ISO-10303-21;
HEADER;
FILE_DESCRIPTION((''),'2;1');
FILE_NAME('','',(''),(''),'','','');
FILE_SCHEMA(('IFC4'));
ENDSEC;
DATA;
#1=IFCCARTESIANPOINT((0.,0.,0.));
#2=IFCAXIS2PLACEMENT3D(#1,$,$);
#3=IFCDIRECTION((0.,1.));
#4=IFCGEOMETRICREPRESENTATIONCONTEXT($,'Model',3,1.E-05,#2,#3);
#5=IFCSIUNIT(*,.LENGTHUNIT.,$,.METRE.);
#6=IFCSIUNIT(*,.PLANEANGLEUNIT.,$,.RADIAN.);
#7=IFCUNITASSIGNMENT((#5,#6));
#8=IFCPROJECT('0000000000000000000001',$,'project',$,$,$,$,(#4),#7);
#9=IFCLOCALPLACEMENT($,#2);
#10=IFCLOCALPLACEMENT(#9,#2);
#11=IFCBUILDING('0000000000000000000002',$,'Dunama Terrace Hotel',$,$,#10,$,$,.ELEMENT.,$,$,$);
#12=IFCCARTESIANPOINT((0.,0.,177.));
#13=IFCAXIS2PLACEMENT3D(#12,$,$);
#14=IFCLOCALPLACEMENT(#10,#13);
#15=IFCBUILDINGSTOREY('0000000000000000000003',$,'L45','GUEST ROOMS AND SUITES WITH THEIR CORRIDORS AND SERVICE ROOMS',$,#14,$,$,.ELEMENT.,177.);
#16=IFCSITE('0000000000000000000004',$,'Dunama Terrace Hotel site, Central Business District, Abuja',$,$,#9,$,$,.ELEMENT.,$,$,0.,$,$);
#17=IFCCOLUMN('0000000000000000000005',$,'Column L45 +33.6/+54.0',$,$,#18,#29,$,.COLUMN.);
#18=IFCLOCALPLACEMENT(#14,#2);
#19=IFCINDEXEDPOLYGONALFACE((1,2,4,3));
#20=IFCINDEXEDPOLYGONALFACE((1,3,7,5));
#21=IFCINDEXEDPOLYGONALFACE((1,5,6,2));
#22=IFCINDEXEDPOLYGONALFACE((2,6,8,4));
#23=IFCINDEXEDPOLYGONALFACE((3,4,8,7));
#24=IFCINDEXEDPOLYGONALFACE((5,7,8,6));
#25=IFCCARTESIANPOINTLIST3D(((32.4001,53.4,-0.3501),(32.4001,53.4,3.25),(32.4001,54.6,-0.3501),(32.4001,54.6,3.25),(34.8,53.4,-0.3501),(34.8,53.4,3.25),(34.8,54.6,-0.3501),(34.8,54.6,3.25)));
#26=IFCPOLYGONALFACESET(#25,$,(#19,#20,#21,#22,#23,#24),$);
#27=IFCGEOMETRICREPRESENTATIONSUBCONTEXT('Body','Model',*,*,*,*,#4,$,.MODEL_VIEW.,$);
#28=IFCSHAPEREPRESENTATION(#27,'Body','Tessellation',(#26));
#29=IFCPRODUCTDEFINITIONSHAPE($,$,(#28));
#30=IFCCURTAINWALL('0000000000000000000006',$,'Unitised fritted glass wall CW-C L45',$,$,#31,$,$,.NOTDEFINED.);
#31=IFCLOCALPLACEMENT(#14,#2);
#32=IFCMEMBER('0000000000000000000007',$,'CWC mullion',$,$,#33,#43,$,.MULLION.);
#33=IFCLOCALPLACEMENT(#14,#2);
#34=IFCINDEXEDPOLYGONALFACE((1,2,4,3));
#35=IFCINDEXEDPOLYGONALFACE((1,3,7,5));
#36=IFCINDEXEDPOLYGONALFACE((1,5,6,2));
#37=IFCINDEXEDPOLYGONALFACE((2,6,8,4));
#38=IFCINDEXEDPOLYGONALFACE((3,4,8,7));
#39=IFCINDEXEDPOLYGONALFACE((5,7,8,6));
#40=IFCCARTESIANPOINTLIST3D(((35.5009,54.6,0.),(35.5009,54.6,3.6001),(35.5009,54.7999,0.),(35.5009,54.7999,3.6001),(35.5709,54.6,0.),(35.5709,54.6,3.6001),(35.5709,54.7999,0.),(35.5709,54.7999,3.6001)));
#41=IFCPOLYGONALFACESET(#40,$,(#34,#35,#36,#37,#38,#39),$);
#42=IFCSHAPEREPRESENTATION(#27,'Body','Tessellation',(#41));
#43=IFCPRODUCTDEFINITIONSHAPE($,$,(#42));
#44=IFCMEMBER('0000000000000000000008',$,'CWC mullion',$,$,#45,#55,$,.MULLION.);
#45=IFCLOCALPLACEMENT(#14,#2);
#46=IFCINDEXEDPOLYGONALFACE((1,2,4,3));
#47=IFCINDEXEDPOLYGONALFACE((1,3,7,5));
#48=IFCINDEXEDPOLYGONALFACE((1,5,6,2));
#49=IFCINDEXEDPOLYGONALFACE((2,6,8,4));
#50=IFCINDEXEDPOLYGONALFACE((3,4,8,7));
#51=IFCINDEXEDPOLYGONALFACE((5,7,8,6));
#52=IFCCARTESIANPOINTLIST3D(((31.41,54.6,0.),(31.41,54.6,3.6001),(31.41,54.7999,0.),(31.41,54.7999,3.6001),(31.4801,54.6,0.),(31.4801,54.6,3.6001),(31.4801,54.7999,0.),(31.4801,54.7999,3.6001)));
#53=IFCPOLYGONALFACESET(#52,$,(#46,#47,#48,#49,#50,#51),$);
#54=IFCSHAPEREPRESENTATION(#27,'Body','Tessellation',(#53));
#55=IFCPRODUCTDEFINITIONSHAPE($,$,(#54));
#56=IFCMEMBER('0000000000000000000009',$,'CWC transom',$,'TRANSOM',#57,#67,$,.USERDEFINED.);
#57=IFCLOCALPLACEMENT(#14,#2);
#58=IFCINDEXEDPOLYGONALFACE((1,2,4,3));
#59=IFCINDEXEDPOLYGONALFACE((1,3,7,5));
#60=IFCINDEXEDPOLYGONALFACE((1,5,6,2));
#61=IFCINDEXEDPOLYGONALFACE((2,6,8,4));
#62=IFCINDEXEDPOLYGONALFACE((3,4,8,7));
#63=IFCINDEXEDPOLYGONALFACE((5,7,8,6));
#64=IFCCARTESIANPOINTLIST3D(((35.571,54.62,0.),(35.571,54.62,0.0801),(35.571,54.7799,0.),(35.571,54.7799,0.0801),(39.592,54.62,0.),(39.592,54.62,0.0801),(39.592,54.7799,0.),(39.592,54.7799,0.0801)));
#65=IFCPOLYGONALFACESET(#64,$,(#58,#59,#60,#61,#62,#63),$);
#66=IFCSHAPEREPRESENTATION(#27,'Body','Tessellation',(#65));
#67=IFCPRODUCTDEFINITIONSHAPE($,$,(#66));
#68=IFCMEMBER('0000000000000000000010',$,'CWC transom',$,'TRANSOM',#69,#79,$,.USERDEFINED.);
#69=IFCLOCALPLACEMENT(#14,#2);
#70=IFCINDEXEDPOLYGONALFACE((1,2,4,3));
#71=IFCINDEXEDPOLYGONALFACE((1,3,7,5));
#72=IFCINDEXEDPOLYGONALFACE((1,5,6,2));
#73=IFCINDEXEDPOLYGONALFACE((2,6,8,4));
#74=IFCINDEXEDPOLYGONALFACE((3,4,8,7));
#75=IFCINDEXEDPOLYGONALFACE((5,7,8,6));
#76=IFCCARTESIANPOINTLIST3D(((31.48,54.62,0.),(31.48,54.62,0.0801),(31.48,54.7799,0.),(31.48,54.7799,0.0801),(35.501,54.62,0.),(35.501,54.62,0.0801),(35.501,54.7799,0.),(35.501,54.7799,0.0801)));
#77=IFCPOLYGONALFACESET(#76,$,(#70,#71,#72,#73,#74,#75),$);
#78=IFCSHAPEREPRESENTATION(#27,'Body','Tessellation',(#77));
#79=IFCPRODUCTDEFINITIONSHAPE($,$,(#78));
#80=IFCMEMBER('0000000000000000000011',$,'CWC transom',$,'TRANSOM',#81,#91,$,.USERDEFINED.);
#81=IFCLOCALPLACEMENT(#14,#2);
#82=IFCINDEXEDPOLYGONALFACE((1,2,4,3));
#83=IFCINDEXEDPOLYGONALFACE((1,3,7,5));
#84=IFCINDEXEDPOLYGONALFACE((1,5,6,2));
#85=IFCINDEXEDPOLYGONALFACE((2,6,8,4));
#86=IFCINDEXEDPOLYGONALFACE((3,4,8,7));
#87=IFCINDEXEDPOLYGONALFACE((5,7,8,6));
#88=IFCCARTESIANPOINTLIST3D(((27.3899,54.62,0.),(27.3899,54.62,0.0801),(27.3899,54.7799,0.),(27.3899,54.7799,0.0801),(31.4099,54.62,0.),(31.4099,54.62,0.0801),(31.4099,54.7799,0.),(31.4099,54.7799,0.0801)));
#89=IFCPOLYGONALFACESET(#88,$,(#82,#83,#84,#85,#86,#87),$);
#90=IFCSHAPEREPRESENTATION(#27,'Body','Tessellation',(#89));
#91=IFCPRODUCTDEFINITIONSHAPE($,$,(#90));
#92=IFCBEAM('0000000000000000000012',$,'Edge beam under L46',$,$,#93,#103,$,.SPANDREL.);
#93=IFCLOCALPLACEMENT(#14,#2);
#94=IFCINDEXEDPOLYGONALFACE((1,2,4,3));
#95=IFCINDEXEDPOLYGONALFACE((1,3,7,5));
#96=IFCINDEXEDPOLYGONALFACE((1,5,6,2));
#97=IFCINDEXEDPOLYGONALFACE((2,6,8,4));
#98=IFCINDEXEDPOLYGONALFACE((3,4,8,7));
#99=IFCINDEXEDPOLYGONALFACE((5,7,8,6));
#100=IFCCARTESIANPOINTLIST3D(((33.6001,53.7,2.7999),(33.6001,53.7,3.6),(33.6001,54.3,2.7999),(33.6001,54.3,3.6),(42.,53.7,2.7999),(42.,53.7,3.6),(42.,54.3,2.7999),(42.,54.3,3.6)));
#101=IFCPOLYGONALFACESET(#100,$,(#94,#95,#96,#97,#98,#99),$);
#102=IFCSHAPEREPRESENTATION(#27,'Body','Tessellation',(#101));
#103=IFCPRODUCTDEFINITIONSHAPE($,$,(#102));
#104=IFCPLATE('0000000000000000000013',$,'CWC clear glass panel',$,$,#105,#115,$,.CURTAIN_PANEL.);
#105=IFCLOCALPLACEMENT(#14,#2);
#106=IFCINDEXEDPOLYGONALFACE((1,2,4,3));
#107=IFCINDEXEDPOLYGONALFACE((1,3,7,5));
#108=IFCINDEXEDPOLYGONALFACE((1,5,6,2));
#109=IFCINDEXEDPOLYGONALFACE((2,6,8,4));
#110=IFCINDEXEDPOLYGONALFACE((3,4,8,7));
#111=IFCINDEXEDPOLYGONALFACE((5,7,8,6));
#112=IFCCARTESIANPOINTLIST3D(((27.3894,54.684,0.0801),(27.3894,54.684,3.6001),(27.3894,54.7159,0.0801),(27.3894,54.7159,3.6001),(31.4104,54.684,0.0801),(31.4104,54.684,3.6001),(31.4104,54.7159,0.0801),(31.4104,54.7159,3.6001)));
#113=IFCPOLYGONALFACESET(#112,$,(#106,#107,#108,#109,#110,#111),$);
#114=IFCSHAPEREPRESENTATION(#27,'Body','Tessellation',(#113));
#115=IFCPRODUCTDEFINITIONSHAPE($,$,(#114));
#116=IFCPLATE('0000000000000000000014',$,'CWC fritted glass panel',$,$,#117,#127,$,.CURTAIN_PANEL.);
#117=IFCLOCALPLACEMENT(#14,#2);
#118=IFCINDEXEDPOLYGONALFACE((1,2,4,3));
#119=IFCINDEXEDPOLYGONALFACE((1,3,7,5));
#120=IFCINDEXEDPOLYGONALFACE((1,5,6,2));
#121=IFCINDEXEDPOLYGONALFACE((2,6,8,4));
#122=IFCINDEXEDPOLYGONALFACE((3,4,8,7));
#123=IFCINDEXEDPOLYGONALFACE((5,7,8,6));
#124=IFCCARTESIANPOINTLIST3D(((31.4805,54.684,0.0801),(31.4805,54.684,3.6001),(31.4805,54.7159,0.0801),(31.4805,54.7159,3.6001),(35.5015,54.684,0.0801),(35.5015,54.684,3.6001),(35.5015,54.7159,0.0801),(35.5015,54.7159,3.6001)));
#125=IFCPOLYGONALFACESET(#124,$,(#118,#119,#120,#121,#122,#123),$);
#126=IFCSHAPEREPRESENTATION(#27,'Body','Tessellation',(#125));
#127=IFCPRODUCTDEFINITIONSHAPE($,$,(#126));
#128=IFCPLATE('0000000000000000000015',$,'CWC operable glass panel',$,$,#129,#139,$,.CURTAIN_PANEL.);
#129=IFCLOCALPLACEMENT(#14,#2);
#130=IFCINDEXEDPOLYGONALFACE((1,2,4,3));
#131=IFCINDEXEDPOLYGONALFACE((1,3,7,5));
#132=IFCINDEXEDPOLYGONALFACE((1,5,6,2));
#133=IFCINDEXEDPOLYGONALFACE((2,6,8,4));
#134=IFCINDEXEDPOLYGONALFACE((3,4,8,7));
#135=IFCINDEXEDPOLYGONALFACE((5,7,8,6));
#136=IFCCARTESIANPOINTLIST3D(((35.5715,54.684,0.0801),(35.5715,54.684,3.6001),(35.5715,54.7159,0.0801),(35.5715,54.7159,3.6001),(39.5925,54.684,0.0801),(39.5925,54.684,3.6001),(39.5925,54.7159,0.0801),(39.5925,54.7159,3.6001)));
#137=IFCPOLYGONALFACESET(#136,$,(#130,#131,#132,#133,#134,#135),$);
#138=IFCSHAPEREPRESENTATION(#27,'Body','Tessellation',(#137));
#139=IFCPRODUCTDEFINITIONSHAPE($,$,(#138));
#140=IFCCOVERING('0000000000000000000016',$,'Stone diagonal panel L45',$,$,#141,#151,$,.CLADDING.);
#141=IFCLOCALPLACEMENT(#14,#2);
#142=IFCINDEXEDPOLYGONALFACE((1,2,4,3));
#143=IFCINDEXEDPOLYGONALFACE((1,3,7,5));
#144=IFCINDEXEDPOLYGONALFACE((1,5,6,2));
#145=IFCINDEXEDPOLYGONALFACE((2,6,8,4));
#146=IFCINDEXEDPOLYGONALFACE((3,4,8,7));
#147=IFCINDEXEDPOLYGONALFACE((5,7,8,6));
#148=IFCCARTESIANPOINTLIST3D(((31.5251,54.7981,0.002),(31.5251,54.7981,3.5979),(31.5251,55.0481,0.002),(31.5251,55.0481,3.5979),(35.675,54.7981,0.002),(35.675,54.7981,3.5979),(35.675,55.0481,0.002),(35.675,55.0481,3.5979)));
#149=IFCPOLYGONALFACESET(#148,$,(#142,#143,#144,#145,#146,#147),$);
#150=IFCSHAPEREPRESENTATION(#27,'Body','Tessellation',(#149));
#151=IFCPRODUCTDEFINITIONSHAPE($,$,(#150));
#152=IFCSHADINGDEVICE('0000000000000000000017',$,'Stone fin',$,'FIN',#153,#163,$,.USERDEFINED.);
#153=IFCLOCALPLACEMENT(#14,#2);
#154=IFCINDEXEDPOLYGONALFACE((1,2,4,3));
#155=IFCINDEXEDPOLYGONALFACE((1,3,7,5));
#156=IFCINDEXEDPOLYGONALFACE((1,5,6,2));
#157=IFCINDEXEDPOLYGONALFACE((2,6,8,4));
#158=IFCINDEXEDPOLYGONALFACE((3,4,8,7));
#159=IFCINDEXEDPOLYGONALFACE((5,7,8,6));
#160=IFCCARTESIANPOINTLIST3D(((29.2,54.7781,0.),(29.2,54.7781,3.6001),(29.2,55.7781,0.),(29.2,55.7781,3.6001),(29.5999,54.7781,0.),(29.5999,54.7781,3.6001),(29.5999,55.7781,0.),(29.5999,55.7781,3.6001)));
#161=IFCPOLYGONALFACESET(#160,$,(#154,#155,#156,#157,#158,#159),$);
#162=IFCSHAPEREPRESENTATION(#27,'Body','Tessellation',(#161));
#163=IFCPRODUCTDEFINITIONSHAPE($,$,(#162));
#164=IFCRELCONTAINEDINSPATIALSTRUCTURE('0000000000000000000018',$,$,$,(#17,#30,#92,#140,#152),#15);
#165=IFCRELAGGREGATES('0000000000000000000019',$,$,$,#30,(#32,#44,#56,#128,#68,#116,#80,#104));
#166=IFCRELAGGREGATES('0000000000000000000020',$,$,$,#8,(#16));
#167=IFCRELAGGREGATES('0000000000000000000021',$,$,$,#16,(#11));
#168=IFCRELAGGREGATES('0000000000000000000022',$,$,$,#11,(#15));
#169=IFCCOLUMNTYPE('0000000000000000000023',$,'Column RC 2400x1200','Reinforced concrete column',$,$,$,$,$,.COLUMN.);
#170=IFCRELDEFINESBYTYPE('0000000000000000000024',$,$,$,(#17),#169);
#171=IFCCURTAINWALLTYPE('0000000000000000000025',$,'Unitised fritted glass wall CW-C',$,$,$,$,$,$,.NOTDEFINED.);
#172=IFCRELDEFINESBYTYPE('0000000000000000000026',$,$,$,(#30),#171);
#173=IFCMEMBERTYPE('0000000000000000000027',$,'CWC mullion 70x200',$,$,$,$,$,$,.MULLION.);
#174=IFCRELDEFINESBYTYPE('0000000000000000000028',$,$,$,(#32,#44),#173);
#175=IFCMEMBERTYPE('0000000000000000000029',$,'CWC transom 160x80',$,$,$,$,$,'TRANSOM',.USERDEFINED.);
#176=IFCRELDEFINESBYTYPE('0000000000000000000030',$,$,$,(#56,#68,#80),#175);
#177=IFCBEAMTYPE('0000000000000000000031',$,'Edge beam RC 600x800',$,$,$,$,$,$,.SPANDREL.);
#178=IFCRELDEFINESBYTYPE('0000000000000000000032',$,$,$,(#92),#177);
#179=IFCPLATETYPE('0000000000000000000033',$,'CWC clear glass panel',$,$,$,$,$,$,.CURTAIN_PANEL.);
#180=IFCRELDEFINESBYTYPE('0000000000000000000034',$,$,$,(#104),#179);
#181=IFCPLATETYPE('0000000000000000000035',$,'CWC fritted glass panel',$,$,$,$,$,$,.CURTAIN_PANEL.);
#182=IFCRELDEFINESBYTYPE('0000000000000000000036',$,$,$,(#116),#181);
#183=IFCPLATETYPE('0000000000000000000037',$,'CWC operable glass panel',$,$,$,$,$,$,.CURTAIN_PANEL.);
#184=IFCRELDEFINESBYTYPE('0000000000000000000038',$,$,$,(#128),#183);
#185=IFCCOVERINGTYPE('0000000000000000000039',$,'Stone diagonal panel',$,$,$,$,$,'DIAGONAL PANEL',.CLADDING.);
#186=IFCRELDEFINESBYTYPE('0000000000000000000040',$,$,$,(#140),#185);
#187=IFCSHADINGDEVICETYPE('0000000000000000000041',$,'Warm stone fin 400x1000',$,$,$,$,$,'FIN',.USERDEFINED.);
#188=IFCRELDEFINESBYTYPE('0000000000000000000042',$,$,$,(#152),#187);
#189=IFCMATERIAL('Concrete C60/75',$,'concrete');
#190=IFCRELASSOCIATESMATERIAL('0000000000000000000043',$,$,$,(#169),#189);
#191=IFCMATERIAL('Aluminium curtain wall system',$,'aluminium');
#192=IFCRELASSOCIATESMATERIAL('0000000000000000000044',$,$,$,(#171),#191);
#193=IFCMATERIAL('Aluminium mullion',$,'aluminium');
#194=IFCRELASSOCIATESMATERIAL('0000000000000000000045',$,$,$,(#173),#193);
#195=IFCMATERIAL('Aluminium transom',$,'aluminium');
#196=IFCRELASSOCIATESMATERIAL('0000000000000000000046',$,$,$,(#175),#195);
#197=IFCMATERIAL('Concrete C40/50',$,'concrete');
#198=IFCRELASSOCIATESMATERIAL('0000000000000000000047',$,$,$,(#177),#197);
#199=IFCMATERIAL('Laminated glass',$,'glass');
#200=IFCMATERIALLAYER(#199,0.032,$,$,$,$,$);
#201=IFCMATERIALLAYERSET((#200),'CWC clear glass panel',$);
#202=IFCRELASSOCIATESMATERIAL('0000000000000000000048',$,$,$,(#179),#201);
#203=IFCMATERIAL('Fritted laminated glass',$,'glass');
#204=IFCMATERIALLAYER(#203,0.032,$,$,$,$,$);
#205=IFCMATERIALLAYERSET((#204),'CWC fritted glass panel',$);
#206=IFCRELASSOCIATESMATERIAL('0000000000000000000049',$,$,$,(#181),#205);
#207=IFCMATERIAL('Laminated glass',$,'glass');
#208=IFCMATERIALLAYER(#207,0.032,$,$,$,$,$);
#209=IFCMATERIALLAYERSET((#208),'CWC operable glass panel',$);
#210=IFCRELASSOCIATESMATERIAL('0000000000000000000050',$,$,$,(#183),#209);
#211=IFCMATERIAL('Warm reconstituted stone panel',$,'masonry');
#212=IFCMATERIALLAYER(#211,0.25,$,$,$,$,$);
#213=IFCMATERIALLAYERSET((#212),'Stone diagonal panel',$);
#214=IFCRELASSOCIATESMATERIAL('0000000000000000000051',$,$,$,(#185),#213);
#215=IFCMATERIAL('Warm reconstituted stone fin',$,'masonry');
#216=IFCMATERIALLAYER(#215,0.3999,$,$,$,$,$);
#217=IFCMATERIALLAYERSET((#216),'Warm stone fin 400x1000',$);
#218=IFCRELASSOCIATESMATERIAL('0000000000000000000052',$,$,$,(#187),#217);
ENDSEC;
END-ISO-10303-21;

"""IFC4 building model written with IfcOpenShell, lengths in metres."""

from ifc_helpers import new_model, si_unit, direction, frame, origin, origin_2d, place, context, subcontext, project, spatial, rectangle, extrude, material, layer, layer_set, material_profile, profile_set, type_object, element, aggregate, save


model = new_model("IFC4")

# Units and contexts
model_context = context("Model", 3, precision=1e-05, world=origin(), true_north=direction((0.0, 1.0)))
body_context = subcontext(model_context, "Body", "Model", "MODEL_VIEW")
ifc_project = project(units=[si_unit("LENGTHUNIT", "METRE"), si_unit("PLANEANGLEUNIT", "RADIAN")], contexts=[model_context])

# Site, building, storey
site_placement = place(None, origin())
site = spatial("IfcSite", under=ifc_project, at=site_placement, Name="Dunama Terrace Hotel site, Central Business District, Abuja", CompositionType="ELEMENT", RefElevation=0.0)
building_placement = place(site_placement, origin())
building = spatial("IfcBuilding", under=site, at=building_placement, Name="Dunama Terrace Hotel", CompositionType="ELEMENT")
storey_placement = place(building_placement, frame((0.0, 0.0, 177.0)))
storey = spatial("IfcBuildingStorey", under=building, at=storey_placement, Name="L45", Description="GUEST ROOMS AND SUITES WITH THEIR CORRIDORS AND SERVICE ROOMS", CompositionType="ELEMENT", Elevation=177.0)

# Column
ifc_material_1 = material(Name="Concrete C60/75", Category="concrete")
ifc_material_profile_1 = material_profile(ifc_material_1, rectangle(XDim=2.3999, YDim=1.2, at=origin_2d()), Name="RC 2400x1200")
ifc_profile_set_1 = profile_set([ifc_material_profile_1], Name="Concrete C60/75")
column_type = type_object("IfcColumnType", Name="Column RC 2400x1200", Description="Reinforced concrete column", PredefinedType="COLUMN", material=ifc_profile_set_1)
column_placement = place(storey_placement, frame((33.6001, 54.0, -0.3501), z_axis=(0.0, 0.0, 1.0), x_axis=(1.0, 0.0, 0.0)))
element("IfcColumn", 1, at=column_placement, inside=storey, type_object=column_type, Name="Column L45 +33.6/+54.0", PredefinedType="COLUMN", context=body_context, shape_type="SweptSolid", body=[
    extrude(rectangle(XDim=2.3999, YDim=1.2, at=origin_2d()), origin(), (0.0, 0.0, 1.0), 3.6001),
])

# Curtain wall, members
ifc_material_2 = material(Name="Aluminium curtain wall system", Category="aluminium")
curtain_wall_type = type_object("IfcCurtainWallType", Name="Unitised fritted glass wall CW-C", PredefinedType="NOTDEFINED", material=ifc_material_2)
curtain_wall_placement = place(storey_placement, origin())
curtain_wall = element("IfcCurtainWall", 2, at=curtain_wall_placement, inside=storey, type_object=curtain_wall_type, Name="Unitised fritted glass wall CW-C L45", PredefinedType="NOTDEFINED")
ifc_material_3 = material(Name="Aluminium mullion", Category="aluminium")
ifc_material_profile_2 = material_profile(ifc_material_3, rectangle(XDim=0.0701, YDim=0.2, at=origin_2d()), Name="CWC MULLION 70X200")
ifc_profile_set_2 = profile_set([ifc_material_profile_2], Name="Aluminium mullion")
member_type_1 = type_object("IfcMemberType", Name="CWC mullion 70x200", PredefinedType="MULLION", material=ifc_profile_set_2)
member_1_placement = place(storey_placement, frame((35.5359, 54.7, 0.0), z_axis=(0.0, 0.0, 1.0), x_axis=(-1.0, 0.0, 0.0)))
member_1 = element("IfcMember", 3, at=member_1_placement, type_object=member_type_1, Name="CWC mullion", PredefinedType="MULLION", context=body_context, shape_type="SweptSolid", body=[
    extrude(rectangle(XDim=0.0701, YDim=0.2, at=origin_2d()), origin(), (0.0, 0.0, 1.0), 3.6001),
])
member_2_placement = place(storey_placement, frame((31.4451, 54.7, 0.0), z_axis=(0.0, 0.0, 1.0), x_axis=(-1.0, 0.0, 0.0)))
member_2 = element("IfcMember", 4, at=member_2_placement, type_object=member_type_1, Name="CWC mullion", PredefinedType="MULLION", context=body_context, shape_type="SweptSolid", body=[
    extrude(rectangle(XDim=0.0701, YDim=0.2, at=origin_2d()), origin(), (0.0, 0.0, 1.0), 3.6001),
])
ifc_material_4 = material(Name="Aluminium transom", Category="aluminium")
ifc_material_profile_3 = material_profile(ifc_material_4, rectangle(XDim=0.1599, YDim=0.0801, at=origin_2d()), Name="CWC TRANSOM 160X80")
ifc_profile_set_3 = profile_set([ifc_material_profile_3], Name="Aluminium transom")
member_type_2 = type_object("IfcMemberType", Name="CWC transom 160x80", ElementType="TRANSOM", PredefinedType="USERDEFINED", material=ifc_profile_set_3)
member_3_placement = place(storey_placement, frame((39.592, 54.7, 0.04), z_axis=(-1.0, 0.0, 0.0), x_axis=(0.0, -1.0, 0.0)))
member_3 = element("IfcMember", 5, at=member_3_placement, type_object=member_type_2, Name="CWC transom", ObjectType="TRANSOM", PredefinedType="USERDEFINED", context=body_context, shape_type="SweptSolid", body=[
    extrude(rectangle(XDim=0.1599, YDim=0.0801, at=origin_2d()), origin(), (0.0, 0.0, 1.0), 4.021),
])
member_4_placement = place(storey_placement, frame((35.501, 54.7, 0.04), z_axis=(-1.0, 0.0, 0.0), x_axis=(0.0, -1.0, 0.0)))
member_4 = element("IfcMember", 6, at=member_4_placement, type_object=member_type_2, Name="CWC transom", ObjectType="TRANSOM", PredefinedType="USERDEFINED", context=body_context, shape_type="SweptSolid", body=[
    extrude(rectangle(XDim=0.1599, YDim=0.0801, at=origin_2d()), origin(), (0.0, 0.0, 1.0), 4.021),
])
member_5_placement = place(storey_placement, frame((31.4099, 54.7, 0.04), z_axis=(-1.0, 0.0, 0.0), x_axis=(0.0, -1.0, 0.0)))
member_5 = element("IfcMember", 7, at=member_5_placement, type_object=member_type_2, Name="CWC transom", ObjectType="TRANSOM", PredefinedType="USERDEFINED", context=body_context, shape_type="SweptSolid", body=[
    extrude(rectangle(XDim=0.1599, YDim=0.0801, at=origin_2d()), origin(), (0.0, 0.0, 1.0), 4.02),
])

# Beam
ifc_material_5 = material(Name="Concrete C40/50", Category="concrete")
ifc_material_profile_4 = material_profile(ifc_material_5, rectangle(XDim=0.6001, YDim=0.8, at=origin_2d()), Name="RC 600x800")
ifc_profile_set_4 = profile_set([ifc_material_profile_4], Name="Concrete C40/50")
beam_type = type_object("IfcBeamType", Name="Edge beam RC 600x800", PredefinedType="SPANDREL", material=ifc_profile_set_4)
beam_placement = place(storey_placement, frame((33.6001, 54.0, 3.2), z_axis=(1.0, 0.0, 0.0), x_axis=(0.0, 1.0, 0.0)))
element("IfcBeam", 8, at=beam_placement, inside=storey, type_object=beam_type, Name="Edge beam under L46", PredefinedType="SPANDREL", context=body_context, shape_type="SweptSolid", body=[
    extrude(rectangle(XDim=0.6001, YDim=0.8, at=origin_2d()), origin(), (0.0, 0.0, 1.0), 8.3999),
])

# Plates
ifc_material_6 = material(Name="Laminated glass", Category="glass")
ifc_layer_1 = layer(ifc_material_6, 0.032)
ifc_layer_set_1 = layer_set([ifc_layer_1], Name="CWC clear glass panel")
plate_type_1 = type_object("IfcPlateType", Name="CWC clear glass panel", PredefinedType="CURTAIN_PANEL", material=ifc_layer_set_1)
plate_1_placement = place(storey_placement, frame((29.3999, 54.7, 0.0801), z_axis=(0.0, 0.0, 1.0), x_axis=(-1.0, 0.0, 0.0)))
plate_1 = element("IfcPlate", 9, at=plate_1_placement, type_object=plate_type_1, Name="CWC clear glass panel", PredefinedType="CURTAIN_PANEL", context=body_context, shape_type="SweptSolid", body=[
    extrude(rectangle(XDim=4.021, YDim=0.032, at=origin_2d()), origin(), (0.0, 0.0, 1.0), 3.52),
])
ifc_material_7 = material(Name="Fritted laminated glass", Category="glass")
ifc_layer_2 = layer(ifc_material_7, 0.032)
ifc_layer_set_2 = layer_set([ifc_layer_2], Name="CWC fritted glass panel")
plate_type_2 = type_object("IfcPlateType", Name="CWC fritted glass panel", PredefinedType="CURTAIN_PANEL", material=ifc_layer_set_2)
plate_2_placement = place(storey_placement, frame((33.491, 54.7, 0.0801), z_axis=(0.0, 0.0, 1.0), x_axis=(-1.0, 0.0, 0.0)))
plate_2 = element("IfcPlate", 10, at=plate_2_placement, type_object=plate_type_2, Name="CWC fritted glass panel", PredefinedType="CURTAIN_PANEL", context=body_context, shape_type="SweptSolid", body=[
    extrude(rectangle(XDim=4.021, YDim=0.032, at=origin_2d()), origin(), (0.0, 0.0, 1.0), 3.52),
])
ifc_material_8 = material(Name="Laminated glass", Category="glass")
ifc_layer_3 = layer(ifc_material_8, 0.032)
ifc_layer_set_3 = layer_set([ifc_layer_3], Name="CWC operable glass panel")
plate_type_3 = type_object("IfcPlateType", Name="CWC operable glass panel", PredefinedType="CURTAIN_PANEL", material=ifc_layer_set_3)
plate_3_placement = place(storey_placement, frame((37.582, 54.7, 0.0801), z_axis=(0.0, 0.0, 1.0), x_axis=(-1.0, 0.0, 0.0)))
plate_3 = element("IfcPlate", 11, at=plate_3_placement, type_object=plate_type_3, Name="CWC operable glass panel", PredefinedType="CURTAIN_PANEL", context=body_context, shape_type="SweptSolid", body=[
    extrude(rectangle(XDim=4.021, YDim=0.032, at=origin_2d()), origin(), (0.0, 0.0, 1.0), 3.52),
])
aggregate(curtain_wall, [member_1, member_2, member_3, plate_3, member_4, plate_2, member_5, plate_1])

# Covering
ifc_material_9 = material(Name="Warm reconstituted stone panel", Category="masonry")
ifc_layer_4 = layer(ifc_material_9, 0.25)
ifc_layer_set_4 = layer_set([ifc_layer_4], Name="Stone diagonal panel")
covering_type = type_object("IfcCoveringType", Name="Stone diagonal panel", ElementType="DIAGONAL PANEL", PredefinedType="CLADDING", material=ifc_layer_set_4)
covering_placement = place(storey_placement, frame((33.6001, 54.9231, 0.002), z_axis=(0.0, 0.0, 1.0), x_axis=(-1.0, 0.0, 0.0)))
element("IfcCovering", 12, at=covering_placement, inside=storey, type_object=covering_type, Name="Stone diagonal panel L45", PredefinedType="CLADDING", context=body_context, shape_type="SweptSolid", body=[
    extrude(rectangle(XDim=4.1499, YDim=0.25, at=origin_2d()), origin(), (0.0, 0.0, 1.0), 3.5959),
])

# Shading device
ifc_material_10 = material(Name="Warm reconstituted stone fin", Category="masonry")
ifc_layer_5 = layer(ifc_material_10, 0.3999)
ifc_layer_set_5 = layer_set([ifc_layer_5], Name="Warm stone fin 400x1000")
shading_device_type = type_object("IfcShadingDeviceType", Name="Warm stone fin 400x1000", ElementType="FIN", PredefinedType="USERDEFINED", material=ifc_layer_set_5)
shading_device_placement = place(storey_placement, frame((29.3999, 55.2781, 0.0), z_axis=(0.0, 0.0, 1.0), x_axis=(-1.0, 0.0, 0.0)))
element("IfcShadingDevice", 13, at=shading_device_placement, inside=storey, type_object=shading_device_type, Name="Stone fin", ObjectType="FIN", PredefinedType="USERDEFINED", context=body_context, shape_type="SweptSolid", body=[
    extrude(rectangle(XDim=0.3999, YDim=1.0, at=origin_2d()), origin(), (0.0, 0.0, 1.0), 3.6001),
])

save(model, "model.ifc")
